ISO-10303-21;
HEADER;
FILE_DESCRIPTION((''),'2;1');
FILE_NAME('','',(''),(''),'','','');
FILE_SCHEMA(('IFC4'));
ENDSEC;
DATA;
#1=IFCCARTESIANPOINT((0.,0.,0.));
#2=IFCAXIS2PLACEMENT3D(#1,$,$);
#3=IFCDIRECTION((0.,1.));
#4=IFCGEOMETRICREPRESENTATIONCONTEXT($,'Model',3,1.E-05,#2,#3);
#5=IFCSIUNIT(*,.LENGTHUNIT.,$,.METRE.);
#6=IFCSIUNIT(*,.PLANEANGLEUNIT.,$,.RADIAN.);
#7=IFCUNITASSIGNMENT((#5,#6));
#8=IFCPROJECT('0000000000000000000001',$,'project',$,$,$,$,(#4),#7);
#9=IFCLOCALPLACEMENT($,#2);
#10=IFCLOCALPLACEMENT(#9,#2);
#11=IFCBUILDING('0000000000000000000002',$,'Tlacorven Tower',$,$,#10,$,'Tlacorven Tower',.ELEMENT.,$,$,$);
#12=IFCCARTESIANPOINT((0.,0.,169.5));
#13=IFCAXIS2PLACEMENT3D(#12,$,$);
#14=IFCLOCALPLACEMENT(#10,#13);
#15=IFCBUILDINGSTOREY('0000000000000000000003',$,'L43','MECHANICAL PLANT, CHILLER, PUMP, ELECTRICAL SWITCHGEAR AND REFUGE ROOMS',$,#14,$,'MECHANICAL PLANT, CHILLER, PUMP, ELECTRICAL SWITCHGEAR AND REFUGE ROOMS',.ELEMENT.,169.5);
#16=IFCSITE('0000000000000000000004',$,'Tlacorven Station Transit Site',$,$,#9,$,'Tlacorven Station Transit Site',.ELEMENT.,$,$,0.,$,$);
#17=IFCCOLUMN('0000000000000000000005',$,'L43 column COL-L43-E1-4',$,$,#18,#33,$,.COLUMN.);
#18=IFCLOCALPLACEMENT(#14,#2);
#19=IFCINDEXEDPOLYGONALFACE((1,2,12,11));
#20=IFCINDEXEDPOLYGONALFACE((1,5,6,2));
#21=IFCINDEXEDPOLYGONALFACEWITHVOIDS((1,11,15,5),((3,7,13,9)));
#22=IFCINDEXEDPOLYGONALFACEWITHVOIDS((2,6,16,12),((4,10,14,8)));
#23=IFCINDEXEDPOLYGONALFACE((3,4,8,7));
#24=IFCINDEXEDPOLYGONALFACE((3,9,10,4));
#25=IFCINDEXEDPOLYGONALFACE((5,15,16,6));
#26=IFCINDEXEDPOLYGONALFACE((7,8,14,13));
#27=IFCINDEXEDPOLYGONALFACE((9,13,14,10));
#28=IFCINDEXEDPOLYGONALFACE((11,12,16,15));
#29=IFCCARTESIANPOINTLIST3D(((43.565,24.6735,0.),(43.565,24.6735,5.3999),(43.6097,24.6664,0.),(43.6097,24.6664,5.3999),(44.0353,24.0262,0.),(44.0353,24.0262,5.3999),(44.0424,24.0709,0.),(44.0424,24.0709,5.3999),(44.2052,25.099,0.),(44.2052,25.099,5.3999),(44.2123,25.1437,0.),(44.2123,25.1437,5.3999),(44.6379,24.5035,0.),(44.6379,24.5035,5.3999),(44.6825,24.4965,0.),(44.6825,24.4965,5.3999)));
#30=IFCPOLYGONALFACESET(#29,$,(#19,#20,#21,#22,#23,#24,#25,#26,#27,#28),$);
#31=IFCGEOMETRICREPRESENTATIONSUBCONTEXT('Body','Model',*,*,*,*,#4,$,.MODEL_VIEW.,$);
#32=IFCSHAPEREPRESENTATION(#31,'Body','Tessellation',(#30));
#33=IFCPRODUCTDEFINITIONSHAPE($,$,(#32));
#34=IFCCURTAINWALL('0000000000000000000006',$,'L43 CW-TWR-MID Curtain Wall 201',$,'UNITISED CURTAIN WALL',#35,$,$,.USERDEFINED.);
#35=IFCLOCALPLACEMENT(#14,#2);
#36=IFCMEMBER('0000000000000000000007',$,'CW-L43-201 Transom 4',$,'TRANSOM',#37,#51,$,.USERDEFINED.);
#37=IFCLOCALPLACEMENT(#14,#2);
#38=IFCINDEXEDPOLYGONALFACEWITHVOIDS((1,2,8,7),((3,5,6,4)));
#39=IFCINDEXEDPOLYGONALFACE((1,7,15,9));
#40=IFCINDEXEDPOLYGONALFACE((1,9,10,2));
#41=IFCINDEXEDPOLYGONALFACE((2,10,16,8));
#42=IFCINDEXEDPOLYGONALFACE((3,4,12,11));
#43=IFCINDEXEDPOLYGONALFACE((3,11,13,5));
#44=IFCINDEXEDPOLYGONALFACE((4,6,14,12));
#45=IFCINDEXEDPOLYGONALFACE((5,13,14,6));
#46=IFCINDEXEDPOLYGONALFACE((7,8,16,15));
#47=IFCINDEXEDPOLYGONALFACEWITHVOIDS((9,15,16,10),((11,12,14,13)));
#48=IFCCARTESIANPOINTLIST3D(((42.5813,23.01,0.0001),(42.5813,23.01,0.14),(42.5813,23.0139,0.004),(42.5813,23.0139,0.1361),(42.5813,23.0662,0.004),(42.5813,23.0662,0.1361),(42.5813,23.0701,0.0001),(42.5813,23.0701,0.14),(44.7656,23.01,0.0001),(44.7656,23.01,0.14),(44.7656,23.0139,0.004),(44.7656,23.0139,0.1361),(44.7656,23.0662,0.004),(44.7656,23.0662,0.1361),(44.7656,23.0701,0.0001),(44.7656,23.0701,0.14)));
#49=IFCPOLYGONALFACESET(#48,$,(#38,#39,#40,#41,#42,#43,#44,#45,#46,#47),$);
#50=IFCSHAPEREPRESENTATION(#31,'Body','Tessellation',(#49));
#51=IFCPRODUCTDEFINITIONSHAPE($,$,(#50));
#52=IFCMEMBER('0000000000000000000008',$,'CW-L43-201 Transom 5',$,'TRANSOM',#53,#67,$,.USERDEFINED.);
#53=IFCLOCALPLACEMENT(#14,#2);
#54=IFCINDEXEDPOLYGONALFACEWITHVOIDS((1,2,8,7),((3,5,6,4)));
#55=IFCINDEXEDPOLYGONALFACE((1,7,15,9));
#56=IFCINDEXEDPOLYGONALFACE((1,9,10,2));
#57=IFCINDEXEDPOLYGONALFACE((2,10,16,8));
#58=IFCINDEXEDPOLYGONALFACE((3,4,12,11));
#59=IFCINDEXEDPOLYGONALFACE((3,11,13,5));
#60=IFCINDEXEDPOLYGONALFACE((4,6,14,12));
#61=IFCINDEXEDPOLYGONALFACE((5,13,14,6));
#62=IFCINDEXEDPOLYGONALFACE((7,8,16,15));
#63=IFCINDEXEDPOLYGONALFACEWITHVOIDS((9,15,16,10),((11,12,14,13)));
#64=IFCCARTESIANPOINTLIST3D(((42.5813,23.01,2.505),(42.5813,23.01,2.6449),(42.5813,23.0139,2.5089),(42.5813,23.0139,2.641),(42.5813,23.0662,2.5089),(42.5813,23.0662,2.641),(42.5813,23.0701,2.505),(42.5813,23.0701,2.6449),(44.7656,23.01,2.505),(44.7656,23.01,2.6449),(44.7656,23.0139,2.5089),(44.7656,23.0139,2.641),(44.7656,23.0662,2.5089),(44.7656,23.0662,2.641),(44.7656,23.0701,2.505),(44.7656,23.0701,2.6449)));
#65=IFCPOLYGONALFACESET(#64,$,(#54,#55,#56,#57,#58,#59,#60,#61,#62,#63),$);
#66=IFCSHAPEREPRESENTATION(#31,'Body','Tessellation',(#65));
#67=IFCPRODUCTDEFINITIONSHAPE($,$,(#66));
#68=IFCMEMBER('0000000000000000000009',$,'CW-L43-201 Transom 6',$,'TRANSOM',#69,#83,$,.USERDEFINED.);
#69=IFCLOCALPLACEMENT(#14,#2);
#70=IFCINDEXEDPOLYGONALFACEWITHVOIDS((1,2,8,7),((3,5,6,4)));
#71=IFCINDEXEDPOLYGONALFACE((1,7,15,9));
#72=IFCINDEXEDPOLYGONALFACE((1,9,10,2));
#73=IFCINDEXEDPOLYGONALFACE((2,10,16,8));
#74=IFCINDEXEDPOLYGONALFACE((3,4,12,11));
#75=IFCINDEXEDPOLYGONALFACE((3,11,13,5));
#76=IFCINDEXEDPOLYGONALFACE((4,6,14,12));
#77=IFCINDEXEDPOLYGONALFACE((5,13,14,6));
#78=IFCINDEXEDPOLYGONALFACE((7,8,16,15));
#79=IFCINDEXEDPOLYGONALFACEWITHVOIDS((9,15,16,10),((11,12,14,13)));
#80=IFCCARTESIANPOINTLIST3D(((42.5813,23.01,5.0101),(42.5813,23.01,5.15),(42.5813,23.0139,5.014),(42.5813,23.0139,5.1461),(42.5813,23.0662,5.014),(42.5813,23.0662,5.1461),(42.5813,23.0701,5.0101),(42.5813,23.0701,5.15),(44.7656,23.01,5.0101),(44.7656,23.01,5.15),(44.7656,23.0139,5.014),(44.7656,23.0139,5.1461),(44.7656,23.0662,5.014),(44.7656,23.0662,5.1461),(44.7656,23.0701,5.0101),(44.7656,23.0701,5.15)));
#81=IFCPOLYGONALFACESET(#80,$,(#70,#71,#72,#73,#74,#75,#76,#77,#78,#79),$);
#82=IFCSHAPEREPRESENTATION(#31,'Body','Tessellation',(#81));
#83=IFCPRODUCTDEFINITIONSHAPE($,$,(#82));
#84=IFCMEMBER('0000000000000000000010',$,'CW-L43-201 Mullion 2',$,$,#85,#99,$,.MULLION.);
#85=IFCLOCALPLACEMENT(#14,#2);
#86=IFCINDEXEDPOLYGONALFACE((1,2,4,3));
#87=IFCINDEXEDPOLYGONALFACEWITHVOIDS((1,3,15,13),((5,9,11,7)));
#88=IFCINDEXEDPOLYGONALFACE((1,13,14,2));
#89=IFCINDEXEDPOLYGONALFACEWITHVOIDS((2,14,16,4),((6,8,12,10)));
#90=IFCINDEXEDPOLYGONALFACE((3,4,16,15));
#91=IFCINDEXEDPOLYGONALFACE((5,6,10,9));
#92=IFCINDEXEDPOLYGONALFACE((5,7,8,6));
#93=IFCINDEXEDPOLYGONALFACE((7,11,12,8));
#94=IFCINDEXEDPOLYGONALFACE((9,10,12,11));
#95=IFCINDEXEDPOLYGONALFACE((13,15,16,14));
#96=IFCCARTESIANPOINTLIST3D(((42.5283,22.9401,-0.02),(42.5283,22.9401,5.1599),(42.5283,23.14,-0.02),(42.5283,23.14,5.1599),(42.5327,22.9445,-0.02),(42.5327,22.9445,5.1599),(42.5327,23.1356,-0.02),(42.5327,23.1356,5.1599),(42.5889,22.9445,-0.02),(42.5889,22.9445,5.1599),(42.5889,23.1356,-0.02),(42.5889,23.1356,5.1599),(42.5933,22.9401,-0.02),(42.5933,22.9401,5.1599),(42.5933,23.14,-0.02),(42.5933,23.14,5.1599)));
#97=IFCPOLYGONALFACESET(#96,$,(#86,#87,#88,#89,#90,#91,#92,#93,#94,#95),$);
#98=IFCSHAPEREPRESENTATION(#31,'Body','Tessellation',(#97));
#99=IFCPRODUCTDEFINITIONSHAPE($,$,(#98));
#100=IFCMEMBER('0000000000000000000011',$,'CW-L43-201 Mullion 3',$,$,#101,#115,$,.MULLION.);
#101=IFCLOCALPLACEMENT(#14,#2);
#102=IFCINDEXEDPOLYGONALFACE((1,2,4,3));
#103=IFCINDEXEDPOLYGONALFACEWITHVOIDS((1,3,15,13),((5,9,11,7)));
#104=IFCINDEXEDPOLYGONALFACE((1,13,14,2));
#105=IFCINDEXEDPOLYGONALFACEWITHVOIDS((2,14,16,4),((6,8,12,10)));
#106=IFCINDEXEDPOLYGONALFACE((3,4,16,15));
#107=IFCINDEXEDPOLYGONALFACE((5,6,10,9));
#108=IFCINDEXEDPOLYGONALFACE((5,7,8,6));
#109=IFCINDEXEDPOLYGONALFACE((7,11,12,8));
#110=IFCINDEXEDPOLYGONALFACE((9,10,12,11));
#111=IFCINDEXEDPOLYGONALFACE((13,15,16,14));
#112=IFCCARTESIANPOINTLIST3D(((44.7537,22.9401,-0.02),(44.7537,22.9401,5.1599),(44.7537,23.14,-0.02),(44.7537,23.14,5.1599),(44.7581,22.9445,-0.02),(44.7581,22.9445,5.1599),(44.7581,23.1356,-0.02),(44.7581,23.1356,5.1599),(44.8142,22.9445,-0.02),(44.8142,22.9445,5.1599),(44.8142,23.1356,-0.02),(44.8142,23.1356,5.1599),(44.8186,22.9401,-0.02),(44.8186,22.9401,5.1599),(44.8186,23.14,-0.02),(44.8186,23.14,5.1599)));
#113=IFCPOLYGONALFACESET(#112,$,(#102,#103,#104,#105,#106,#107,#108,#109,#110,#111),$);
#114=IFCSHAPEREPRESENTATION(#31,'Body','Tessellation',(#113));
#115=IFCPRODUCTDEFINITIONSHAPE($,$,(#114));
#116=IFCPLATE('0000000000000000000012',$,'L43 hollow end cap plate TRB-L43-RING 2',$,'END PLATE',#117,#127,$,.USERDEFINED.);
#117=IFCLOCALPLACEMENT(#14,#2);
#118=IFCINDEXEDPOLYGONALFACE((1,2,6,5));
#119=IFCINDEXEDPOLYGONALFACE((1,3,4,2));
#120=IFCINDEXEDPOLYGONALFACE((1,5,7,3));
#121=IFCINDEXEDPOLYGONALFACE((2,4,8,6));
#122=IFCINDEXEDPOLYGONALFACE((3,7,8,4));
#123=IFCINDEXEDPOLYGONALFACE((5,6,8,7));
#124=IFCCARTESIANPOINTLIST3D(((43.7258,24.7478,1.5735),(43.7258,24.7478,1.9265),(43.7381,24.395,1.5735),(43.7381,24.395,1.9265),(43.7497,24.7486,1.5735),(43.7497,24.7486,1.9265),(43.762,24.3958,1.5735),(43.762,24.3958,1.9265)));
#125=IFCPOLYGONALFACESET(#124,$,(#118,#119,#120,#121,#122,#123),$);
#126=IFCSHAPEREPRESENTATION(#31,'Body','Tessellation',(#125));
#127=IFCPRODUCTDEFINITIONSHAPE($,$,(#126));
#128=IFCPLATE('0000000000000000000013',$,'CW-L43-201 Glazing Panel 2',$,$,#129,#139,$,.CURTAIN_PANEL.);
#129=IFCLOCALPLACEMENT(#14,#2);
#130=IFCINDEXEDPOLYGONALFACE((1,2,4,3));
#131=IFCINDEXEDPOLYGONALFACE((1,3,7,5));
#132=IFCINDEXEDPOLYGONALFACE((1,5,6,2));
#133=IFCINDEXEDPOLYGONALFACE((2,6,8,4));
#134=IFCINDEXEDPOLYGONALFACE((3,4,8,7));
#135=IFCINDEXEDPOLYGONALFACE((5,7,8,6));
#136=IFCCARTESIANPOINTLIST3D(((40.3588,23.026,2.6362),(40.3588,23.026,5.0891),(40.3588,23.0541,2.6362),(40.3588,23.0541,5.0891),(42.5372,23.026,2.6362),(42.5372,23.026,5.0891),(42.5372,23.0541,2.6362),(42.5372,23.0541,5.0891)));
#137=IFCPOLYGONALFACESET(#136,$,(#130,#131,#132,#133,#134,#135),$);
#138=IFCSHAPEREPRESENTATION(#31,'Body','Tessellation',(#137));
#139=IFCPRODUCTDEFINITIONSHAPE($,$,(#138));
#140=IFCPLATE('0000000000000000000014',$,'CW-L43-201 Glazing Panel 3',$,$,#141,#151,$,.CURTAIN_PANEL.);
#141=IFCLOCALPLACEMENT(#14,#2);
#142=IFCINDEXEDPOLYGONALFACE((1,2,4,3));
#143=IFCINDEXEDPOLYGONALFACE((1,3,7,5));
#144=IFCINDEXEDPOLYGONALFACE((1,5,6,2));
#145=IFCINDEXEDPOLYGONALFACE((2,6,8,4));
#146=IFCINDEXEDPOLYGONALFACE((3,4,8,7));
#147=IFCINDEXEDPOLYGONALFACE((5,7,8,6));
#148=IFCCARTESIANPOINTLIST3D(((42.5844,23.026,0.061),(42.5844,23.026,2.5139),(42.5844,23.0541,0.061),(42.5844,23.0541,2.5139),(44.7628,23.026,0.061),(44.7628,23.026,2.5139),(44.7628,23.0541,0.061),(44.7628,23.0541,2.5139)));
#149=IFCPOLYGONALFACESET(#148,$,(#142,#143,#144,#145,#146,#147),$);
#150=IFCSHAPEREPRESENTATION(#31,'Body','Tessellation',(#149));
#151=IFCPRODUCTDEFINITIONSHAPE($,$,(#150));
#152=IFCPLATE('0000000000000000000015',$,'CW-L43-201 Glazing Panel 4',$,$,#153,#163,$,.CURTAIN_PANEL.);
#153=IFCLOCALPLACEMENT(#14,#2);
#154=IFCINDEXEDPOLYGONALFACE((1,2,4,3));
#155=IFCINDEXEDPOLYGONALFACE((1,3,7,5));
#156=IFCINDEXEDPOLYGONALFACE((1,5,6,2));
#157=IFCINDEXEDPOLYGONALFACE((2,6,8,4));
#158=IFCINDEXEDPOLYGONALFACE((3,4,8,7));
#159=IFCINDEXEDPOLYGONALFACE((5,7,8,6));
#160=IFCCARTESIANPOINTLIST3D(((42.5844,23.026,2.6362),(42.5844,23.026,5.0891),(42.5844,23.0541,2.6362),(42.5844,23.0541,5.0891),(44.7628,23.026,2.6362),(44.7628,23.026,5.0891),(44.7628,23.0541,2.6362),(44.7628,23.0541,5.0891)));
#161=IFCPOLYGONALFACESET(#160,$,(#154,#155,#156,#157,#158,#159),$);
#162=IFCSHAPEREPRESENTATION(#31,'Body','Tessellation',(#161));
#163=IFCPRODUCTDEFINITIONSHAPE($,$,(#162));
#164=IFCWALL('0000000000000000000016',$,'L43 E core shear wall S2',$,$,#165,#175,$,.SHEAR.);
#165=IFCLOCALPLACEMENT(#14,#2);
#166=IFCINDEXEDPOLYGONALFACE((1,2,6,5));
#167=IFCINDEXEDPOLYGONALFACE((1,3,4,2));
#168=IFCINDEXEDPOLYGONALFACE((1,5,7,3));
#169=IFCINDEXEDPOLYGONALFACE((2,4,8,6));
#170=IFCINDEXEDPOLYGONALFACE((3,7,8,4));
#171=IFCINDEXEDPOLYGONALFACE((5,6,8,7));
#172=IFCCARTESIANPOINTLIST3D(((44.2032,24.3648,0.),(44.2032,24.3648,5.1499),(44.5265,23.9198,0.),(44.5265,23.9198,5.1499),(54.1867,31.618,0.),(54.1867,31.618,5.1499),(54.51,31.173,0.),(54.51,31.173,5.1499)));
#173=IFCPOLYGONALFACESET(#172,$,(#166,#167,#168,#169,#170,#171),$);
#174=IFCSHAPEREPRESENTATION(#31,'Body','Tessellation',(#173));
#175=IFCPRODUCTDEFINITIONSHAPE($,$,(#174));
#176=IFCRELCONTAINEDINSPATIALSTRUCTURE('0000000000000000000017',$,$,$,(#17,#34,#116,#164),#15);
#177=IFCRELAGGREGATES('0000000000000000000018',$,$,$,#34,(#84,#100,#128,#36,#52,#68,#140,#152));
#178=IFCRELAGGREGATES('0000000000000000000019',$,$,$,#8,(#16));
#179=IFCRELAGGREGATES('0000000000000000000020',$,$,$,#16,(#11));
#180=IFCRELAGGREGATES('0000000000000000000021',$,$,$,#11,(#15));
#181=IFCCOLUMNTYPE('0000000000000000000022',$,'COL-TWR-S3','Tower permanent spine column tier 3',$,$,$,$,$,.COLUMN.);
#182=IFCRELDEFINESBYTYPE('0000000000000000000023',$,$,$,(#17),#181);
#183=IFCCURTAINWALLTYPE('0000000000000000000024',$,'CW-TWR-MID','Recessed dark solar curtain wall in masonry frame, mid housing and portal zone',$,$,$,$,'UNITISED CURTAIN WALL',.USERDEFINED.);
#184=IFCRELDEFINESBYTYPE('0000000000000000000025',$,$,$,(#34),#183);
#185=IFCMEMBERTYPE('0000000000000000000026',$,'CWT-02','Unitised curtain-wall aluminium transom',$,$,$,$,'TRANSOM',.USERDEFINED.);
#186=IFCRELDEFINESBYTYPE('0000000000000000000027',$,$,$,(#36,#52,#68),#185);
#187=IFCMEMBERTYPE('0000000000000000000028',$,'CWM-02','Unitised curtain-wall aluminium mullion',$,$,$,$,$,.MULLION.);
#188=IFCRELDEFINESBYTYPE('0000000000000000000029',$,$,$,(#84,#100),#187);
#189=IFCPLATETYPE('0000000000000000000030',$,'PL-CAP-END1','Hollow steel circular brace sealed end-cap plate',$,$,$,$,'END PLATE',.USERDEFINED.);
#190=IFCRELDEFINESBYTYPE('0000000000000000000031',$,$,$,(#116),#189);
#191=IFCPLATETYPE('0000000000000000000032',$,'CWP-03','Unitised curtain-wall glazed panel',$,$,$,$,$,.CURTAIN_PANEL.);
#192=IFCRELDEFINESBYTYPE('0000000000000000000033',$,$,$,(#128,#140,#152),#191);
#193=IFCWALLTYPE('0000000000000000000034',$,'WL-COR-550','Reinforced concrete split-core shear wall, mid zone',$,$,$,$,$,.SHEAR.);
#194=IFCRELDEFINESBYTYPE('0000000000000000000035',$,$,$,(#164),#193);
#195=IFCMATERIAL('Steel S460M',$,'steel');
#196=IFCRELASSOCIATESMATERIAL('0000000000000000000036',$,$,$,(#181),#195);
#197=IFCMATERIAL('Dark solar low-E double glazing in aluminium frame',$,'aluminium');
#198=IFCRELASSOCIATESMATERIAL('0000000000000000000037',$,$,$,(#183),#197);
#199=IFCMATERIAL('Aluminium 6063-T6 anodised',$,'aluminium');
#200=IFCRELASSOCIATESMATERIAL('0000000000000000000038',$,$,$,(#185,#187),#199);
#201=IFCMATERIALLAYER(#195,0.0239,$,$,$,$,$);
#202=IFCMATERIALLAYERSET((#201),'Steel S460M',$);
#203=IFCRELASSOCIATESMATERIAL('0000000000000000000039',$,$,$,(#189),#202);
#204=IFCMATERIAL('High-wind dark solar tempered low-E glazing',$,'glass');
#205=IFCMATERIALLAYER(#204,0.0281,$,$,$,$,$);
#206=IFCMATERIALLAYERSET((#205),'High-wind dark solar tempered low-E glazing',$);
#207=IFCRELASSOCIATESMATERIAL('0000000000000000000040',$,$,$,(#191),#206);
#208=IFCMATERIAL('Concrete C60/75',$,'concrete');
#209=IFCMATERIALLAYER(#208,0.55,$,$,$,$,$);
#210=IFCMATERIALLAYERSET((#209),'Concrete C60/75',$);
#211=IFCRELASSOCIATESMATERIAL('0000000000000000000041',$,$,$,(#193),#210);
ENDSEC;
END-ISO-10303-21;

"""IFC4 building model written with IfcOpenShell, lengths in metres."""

from ifc_helpers import new_model, si_unit, direction, frame, frame_2d, origin, origin_2d, place, context, subcontext, project, spatial, rectangle, hollow_rectangle, extrude, source, transform, mapped, material, layer, layer_set, material_profile, profile_set, type_object, element, aggregate, save


model = new_model("IFC4")

# Units and contexts
model_context = context("Model", 3, precision=1e-05, world=origin(), true_north=direction((0.0, 1.0)))
body_context = subcontext(model_context, "Body", "Model", "MODEL_VIEW")
ifc_project = project(units=[si_unit("LENGTHUNIT", "METRE"), si_unit("PLANEANGLEUNIT", "RADIAN")], contexts=[model_context])

# Site, building, storey
site_placement = place(None, origin())
site = spatial("IfcSite", under=ifc_project, at=site_placement, Name="Tlacorven Station Transit Site", LongName="Tlacorven Station Transit Site", CompositionType="ELEMENT", RefElevation=0.0)
building_placement = place(site_placement, origin())
building = spatial("IfcBuilding", under=site, at=building_placement, Name="Tlacorven Tower", LongName="Tlacorven Tower", CompositionType="ELEMENT")
storey_placement = place(building_placement, frame((0.0, 0.0, 169.5)))
storey = spatial("IfcBuildingStorey", under=building, at=storey_placement, Name="L43", Description="MECHANICAL PLANT, CHILLER, PUMP, ELECTRICAL SWITCHGEAR AND REFUGE ROOMS", LongName="MECHANICAL PLANT, CHILLER, PUMP, ELECTRICAL SWITCHGEAR AND REFUGE ROOMS", CompositionType="ELEMENT", Elevation=169.5)

# Column
ifc_material_1 = material(Name="Steel S460M", Category="steel")
ifc_material_profile_1 = material_profile(ifc_material_1, hollow_rectangle(XDim=0.8, YDim=0.8, WallThickness=0.032, at=origin_2d()), Name="BOX 800X800X32")
ifc_profile_set_1 = profile_set([ifc_material_profile_1], Name="Steel S460M")
column_type = type_object("IfcColumnType", Name="COL-TWR-S3", Description="Tower permanent spine column tier 3", PredefinedType="COLUMN", material=ifc_profile_set_1)
shared_shape_1 = source(origin(), body_context, "Body", "SweptSolid", [
    extrude(hollow_rectangle(XDim=0.8, YDim=0.8, WallThickness=0.032, at=origin_2d()), origin(), (0.0, 0.0, 1.0), 5.3999),
])
column_placement = place(storey_placement, frame((44.1238, 24.585, 0.0), z_axis=(0.0, 0.0, 1.0), x_axis=(0.809017, 0.587785, 0.0)))
element("IfcColumn", 1, at=column_placement, inside=storey, type_object=column_type, Name="L43 column COL-L43-E1-4", PredefinedType="COLUMN", context=body_context, shape_type="MappedRepresentation", body=[
    mapped(shared_shape_1, transform((0.0, 0.0, 0.0), scale=1.0)),
])

# Curtain wall, members
ifc_material_2 = material(Name="Dark solar low-E double glazing in aluminium frame", Category="aluminium")
curtain_wall_type = type_object("IfcCurtainWallType", Name="CW-TWR-MID", Description="Recessed dark solar curtain wall in masonry frame, mid housing and portal zone", ElementType="UNITISED CURTAIN WALL", PredefinedType="USERDEFINED", material=ifc_material_2)
curtain_wall_placement = place(storey_placement, origin())
curtain_wall = element("IfcCurtainWall", 2, at=curtain_wall_placement, inside=storey, type_object=curtain_wall_type, Name="L43 CW-TWR-MID Curtain Wall 201", ObjectType="UNITISED CURTAIN WALL", PredefinedType="USERDEFINED")
ifc_material_3 = material(Name="Aluminium 6063-T6 anodised", Category="aluminium")
ifc_material_profile_2 = material_profile(ifc_material_3, hollow_rectangle(XDim=0.0601, YDim=0.1399, WallThickness=0.0039, at=origin_2d()), Name="ALU TRANSOM 60X140")
ifc_profile_set_2 = profile_set([ifc_material_profile_2], Name="Aluminium 6063-T6 anodised")
member_type_1 = type_object("IfcMemberType", Name="CWT-02", Description="Unitised curtain-wall aluminium transom", ElementType="TRANSOM", PredefinedType="USERDEFINED", material=ifc_profile_set_2)
shared_shape_2 = source(origin(), body_context, "Body", "SweptSolid", [
    extrude(hollow_rectangle(XDim=0.0601, YDim=0.1399, WallThickness=0.0039, at=origin_2d()), origin(), (0.0, 0.0, 1.0), 2.1843),
])
member_1_placement = place(storey_placement, frame((42.5813, 23.04, 0.0701), z_axis=(1.0, 0.0, 0.0), x_axis=(0.0, 1.0, 0.0)))
member_1 = element("IfcMember", 3, at=member_1_placement, type_object=member_type_1, Name="CW-L43-201 Transom 4", ObjectType="TRANSOM", PredefinedType="USERDEFINED", context=body_context, shape_type="MappedRepresentation", body=[
    mapped(shared_shape_2, transform((0.0, 0.0, 0.0), scale=1.0)),
])
member_2_placement = place(storey_placement, frame((42.5813, 23.04, 2.575), z_axis=(1.0, 0.0, 0.0), x_axis=(0.0, 1.0, 0.0)))
member_2 = element("IfcMember", 4, at=member_2_placement, type_object=member_type_1, Name="CW-L43-201 Transom 5", ObjectType="TRANSOM", PredefinedType="USERDEFINED", context=body_context, shape_type="MappedRepresentation", body=[
    mapped(shared_shape_2, transform((0.0, 0.0, 0.0), scale=1.0)),
])
member_3_placement = place(storey_placement, frame((42.5813, 23.04, 5.0801), z_axis=(1.0, 0.0, 0.0), x_axis=(0.0, 1.0, 0.0)))
member_3 = element("IfcMember", 5, at=member_3_placement, type_object=member_type_1, Name="CW-L43-201 Transom 6", ObjectType="TRANSOM", PredefinedType="USERDEFINED", context=body_context, shape_type="MappedRepresentation", body=[
    mapped(shared_shape_2, transform((0.0, 0.0, 0.0), scale=1.0)),
])
ifc_material_profile_3 = material_profile(ifc_material_3, hollow_rectangle(XDim=0.0649, YDim=0.2, WallThickness=0.0044, at=origin_2d()), Name="ALU MULLION 65X200")
ifc_profile_set_3 = profile_set([ifc_material_profile_3], Name="Aluminium 6063-T6 anodised")
member_type_2 = type_object("IfcMemberType", Name="CWM-02", Description="Unitised curtain-wall aluminium mullion", PredefinedType="MULLION", material=ifc_profile_set_3)
shared_shape_3 = source(origin(), body_context, "Body", "SweptSolid", [
    extrude(hollow_rectangle(XDim=0.0649, YDim=0.2, WallThickness=0.0044, at=origin_2d()), origin(), (0.0, 0.0, 1.0), 5.1799),
])
member_4_placement = place(storey_placement, frame((42.5608, 23.04, -0.02), z_axis=(0.0, 0.0, 1.0), x_axis=(1.0, 0.0, 0.0)))
member_4 = element("IfcMember", 6, at=member_4_placement, type_object=member_type_2, Name="CW-L43-201 Mullion 2", PredefinedType="MULLION", context=body_context, shape_type="MappedRepresentation", body=[
    mapped(shared_shape_3, transform((0.0, 0.0, 0.0), scale=1.0)),
])
member_5_placement = place(storey_placement, frame((44.7861, 23.04, -0.02), z_axis=(0.0, 0.0, 1.0), x_axis=(1.0, 0.0, 0.0)))
member_5 = element("IfcMember", 7, at=member_5_placement, type_object=member_type_2, Name="CW-L43-201 Mullion 3", PredefinedType="MULLION", context=body_context, shape_type="MappedRepresentation", body=[
    mapped(shared_shape_3, transform((0.0, 0.0, 0.0), scale=1.0)),
])

# Plates
ifc_layer_1 = layer(ifc_material_1, 0.0239)
ifc_layer_set_1 = layer_set([ifc_layer_1], Name="Steel S460M")
plate_type_1 = type_object("IfcPlateType", Name="PL-CAP-END1", Description="Hollow steel circular brace sealed end-cap plate", ElementType="END PLATE", PredefinedType="USERDEFINED", material=ifc_layer_set_1)
shared_shape_4 = source(origin(), body_context, "Body", "SweptSolid", [
    extrude(rectangle(XDim=0.0239, YDim=0.353, at=origin_2d()), origin(), (0.0, 0.0, 1.0), 0.353),
])
plate_1_placement = place(storey_placement, frame((43.7439, 24.5718, 1.5735), z_axis=(0.0, 0.0, 1.0), x_axis=(0.999391, 0.034899, 0.0)))
element("IfcPlate", 8, at=plate_1_placement, inside=storey, type_object=plate_type_1, Name="L43 hollow end cap plate TRB-L43-RING 2", ObjectType="END PLATE", PredefinedType="USERDEFINED", context=body_context, shape_type="MappedRepresentation", body=[
    mapped(shared_shape_4, transform((0.0, 0.0, 0.0), scale=1.0)),
])
ifc_material_4 = material(Name="High-wind dark solar tempered low-E glazing", Category="glass")
ifc_layer_2 = layer(ifc_material_4, 0.0281)
ifc_layer_set_2 = layer_set([ifc_layer_2], Name="High-wind dark solar tempered low-E glazing")
plate_type_2 = type_object("IfcPlateType", Name="CWP-03", Description="Unitised curtain-wall glazed panel", PredefinedType="CURTAIN_PANEL", material=ifc_layer_set_2)
shared_shape_5 = source(origin(), body_context, "Body", "SweptSolid", [
    extrude(rectangle(XDim=2.1785, YDim=0.0281, at=origin_2d()), origin(), (0.0, 0.0, 1.0), 2.4529),
])
plate_2_placement = place(storey_placement, frame((41.448, 23.04, 2.6362), z_axis=(0.0, 0.0, 1.0), x_axis=(1.0, 0.0, 0.0)))
plate_2 = element("IfcPlate", 9, at=plate_2_placement, type_object=plate_type_2, Name="CW-L43-201 Glazing Panel 2", PredefinedType="CURTAIN_PANEL", context=body_context, shape_type="MappedRepresentation", body=[
    mapped(shared_shape_5, transform((0.0, 0.0, 0.0), scale=1.0)),
])
plate_3_placement = place(storey_placement, frame((43.6736, 23.04, 0.061), z_axis=(0.0, 0.0, 1.0), x_axis=(1.0, 0.0, 0.0)))
plate_3 = element("IfcPlate", 10, at=plate_3_placement, type_object=plate_type_2, Name="CW-L43-201 Glazing Panel 3", PredefinedType="CURTAIN_PANEL", context=body_context, shape_type="MappedRepresentation", body=[
    mapped(shared_shape_5, transform((0.0, 0.0, 0.0), scale=1.0)),
])
plate_4_placement = place(storey_placement, frame((43.6736, 23.04, 2.6362), z_axis=(0.0, 0.0, 1.0), x_axis=(1.0, 0.0, 0.0)))
plate_4 = element("IfcPlate", 11, at=plate_4_placement, type_object=plate_type_2, Name="CW-L43-201 Glazing Panel 4", PredefinedType="CURTAIN_PANEL", context=body_context, shape_type="MappedRepresentation", body=[
    mapped(shared_shape_5, transform((0.0, 0.0, 0.0), scale=1.0)),
])
aggregate(curtain_wall, [member_4, member_5, plate_2, member_1, member_2, member_3, plate_3, plate_4])

# Wall
ifc_material_5 = material(Name="Concrete C60/75", Category="concrete")
ifc_layer_3 = layer(ifc_material_5, 0.55)
ifc_layer_set_3 = layer_set([ifc_layer_3], Name="Concrete C60/75")
wall_type_1 = type_object("IfcWallType", Name="WL-COR-550", Description="Reinforced concrete split-core shear wall, mid zone", PredefinedType="SHEAR", material=ifc_layer_set_3)
wall_1_placement = place(storey_placement, frame((44.365, 24.1423, 0.0), z_axis=(0.0, 0.0, 1.0), x_axis=(0.809024, 0.587775, 0.0)))
element("IfcWall", 12, at=wall_1_placement, inside=storey, type_object=wall_type_1, Name="L43 E core shear wall S2", PredefinedType="SHEAR", context=body_context, shape_type="SweptSolid", body=[
    extrude(rectangle(XDim=12.3401, YDim=0.55, at=frame_2d((6.1699, 0.0))), origin(), (0.0, 0.0, 1.0), 5.1499),
])

save(model, "model.ifc")
